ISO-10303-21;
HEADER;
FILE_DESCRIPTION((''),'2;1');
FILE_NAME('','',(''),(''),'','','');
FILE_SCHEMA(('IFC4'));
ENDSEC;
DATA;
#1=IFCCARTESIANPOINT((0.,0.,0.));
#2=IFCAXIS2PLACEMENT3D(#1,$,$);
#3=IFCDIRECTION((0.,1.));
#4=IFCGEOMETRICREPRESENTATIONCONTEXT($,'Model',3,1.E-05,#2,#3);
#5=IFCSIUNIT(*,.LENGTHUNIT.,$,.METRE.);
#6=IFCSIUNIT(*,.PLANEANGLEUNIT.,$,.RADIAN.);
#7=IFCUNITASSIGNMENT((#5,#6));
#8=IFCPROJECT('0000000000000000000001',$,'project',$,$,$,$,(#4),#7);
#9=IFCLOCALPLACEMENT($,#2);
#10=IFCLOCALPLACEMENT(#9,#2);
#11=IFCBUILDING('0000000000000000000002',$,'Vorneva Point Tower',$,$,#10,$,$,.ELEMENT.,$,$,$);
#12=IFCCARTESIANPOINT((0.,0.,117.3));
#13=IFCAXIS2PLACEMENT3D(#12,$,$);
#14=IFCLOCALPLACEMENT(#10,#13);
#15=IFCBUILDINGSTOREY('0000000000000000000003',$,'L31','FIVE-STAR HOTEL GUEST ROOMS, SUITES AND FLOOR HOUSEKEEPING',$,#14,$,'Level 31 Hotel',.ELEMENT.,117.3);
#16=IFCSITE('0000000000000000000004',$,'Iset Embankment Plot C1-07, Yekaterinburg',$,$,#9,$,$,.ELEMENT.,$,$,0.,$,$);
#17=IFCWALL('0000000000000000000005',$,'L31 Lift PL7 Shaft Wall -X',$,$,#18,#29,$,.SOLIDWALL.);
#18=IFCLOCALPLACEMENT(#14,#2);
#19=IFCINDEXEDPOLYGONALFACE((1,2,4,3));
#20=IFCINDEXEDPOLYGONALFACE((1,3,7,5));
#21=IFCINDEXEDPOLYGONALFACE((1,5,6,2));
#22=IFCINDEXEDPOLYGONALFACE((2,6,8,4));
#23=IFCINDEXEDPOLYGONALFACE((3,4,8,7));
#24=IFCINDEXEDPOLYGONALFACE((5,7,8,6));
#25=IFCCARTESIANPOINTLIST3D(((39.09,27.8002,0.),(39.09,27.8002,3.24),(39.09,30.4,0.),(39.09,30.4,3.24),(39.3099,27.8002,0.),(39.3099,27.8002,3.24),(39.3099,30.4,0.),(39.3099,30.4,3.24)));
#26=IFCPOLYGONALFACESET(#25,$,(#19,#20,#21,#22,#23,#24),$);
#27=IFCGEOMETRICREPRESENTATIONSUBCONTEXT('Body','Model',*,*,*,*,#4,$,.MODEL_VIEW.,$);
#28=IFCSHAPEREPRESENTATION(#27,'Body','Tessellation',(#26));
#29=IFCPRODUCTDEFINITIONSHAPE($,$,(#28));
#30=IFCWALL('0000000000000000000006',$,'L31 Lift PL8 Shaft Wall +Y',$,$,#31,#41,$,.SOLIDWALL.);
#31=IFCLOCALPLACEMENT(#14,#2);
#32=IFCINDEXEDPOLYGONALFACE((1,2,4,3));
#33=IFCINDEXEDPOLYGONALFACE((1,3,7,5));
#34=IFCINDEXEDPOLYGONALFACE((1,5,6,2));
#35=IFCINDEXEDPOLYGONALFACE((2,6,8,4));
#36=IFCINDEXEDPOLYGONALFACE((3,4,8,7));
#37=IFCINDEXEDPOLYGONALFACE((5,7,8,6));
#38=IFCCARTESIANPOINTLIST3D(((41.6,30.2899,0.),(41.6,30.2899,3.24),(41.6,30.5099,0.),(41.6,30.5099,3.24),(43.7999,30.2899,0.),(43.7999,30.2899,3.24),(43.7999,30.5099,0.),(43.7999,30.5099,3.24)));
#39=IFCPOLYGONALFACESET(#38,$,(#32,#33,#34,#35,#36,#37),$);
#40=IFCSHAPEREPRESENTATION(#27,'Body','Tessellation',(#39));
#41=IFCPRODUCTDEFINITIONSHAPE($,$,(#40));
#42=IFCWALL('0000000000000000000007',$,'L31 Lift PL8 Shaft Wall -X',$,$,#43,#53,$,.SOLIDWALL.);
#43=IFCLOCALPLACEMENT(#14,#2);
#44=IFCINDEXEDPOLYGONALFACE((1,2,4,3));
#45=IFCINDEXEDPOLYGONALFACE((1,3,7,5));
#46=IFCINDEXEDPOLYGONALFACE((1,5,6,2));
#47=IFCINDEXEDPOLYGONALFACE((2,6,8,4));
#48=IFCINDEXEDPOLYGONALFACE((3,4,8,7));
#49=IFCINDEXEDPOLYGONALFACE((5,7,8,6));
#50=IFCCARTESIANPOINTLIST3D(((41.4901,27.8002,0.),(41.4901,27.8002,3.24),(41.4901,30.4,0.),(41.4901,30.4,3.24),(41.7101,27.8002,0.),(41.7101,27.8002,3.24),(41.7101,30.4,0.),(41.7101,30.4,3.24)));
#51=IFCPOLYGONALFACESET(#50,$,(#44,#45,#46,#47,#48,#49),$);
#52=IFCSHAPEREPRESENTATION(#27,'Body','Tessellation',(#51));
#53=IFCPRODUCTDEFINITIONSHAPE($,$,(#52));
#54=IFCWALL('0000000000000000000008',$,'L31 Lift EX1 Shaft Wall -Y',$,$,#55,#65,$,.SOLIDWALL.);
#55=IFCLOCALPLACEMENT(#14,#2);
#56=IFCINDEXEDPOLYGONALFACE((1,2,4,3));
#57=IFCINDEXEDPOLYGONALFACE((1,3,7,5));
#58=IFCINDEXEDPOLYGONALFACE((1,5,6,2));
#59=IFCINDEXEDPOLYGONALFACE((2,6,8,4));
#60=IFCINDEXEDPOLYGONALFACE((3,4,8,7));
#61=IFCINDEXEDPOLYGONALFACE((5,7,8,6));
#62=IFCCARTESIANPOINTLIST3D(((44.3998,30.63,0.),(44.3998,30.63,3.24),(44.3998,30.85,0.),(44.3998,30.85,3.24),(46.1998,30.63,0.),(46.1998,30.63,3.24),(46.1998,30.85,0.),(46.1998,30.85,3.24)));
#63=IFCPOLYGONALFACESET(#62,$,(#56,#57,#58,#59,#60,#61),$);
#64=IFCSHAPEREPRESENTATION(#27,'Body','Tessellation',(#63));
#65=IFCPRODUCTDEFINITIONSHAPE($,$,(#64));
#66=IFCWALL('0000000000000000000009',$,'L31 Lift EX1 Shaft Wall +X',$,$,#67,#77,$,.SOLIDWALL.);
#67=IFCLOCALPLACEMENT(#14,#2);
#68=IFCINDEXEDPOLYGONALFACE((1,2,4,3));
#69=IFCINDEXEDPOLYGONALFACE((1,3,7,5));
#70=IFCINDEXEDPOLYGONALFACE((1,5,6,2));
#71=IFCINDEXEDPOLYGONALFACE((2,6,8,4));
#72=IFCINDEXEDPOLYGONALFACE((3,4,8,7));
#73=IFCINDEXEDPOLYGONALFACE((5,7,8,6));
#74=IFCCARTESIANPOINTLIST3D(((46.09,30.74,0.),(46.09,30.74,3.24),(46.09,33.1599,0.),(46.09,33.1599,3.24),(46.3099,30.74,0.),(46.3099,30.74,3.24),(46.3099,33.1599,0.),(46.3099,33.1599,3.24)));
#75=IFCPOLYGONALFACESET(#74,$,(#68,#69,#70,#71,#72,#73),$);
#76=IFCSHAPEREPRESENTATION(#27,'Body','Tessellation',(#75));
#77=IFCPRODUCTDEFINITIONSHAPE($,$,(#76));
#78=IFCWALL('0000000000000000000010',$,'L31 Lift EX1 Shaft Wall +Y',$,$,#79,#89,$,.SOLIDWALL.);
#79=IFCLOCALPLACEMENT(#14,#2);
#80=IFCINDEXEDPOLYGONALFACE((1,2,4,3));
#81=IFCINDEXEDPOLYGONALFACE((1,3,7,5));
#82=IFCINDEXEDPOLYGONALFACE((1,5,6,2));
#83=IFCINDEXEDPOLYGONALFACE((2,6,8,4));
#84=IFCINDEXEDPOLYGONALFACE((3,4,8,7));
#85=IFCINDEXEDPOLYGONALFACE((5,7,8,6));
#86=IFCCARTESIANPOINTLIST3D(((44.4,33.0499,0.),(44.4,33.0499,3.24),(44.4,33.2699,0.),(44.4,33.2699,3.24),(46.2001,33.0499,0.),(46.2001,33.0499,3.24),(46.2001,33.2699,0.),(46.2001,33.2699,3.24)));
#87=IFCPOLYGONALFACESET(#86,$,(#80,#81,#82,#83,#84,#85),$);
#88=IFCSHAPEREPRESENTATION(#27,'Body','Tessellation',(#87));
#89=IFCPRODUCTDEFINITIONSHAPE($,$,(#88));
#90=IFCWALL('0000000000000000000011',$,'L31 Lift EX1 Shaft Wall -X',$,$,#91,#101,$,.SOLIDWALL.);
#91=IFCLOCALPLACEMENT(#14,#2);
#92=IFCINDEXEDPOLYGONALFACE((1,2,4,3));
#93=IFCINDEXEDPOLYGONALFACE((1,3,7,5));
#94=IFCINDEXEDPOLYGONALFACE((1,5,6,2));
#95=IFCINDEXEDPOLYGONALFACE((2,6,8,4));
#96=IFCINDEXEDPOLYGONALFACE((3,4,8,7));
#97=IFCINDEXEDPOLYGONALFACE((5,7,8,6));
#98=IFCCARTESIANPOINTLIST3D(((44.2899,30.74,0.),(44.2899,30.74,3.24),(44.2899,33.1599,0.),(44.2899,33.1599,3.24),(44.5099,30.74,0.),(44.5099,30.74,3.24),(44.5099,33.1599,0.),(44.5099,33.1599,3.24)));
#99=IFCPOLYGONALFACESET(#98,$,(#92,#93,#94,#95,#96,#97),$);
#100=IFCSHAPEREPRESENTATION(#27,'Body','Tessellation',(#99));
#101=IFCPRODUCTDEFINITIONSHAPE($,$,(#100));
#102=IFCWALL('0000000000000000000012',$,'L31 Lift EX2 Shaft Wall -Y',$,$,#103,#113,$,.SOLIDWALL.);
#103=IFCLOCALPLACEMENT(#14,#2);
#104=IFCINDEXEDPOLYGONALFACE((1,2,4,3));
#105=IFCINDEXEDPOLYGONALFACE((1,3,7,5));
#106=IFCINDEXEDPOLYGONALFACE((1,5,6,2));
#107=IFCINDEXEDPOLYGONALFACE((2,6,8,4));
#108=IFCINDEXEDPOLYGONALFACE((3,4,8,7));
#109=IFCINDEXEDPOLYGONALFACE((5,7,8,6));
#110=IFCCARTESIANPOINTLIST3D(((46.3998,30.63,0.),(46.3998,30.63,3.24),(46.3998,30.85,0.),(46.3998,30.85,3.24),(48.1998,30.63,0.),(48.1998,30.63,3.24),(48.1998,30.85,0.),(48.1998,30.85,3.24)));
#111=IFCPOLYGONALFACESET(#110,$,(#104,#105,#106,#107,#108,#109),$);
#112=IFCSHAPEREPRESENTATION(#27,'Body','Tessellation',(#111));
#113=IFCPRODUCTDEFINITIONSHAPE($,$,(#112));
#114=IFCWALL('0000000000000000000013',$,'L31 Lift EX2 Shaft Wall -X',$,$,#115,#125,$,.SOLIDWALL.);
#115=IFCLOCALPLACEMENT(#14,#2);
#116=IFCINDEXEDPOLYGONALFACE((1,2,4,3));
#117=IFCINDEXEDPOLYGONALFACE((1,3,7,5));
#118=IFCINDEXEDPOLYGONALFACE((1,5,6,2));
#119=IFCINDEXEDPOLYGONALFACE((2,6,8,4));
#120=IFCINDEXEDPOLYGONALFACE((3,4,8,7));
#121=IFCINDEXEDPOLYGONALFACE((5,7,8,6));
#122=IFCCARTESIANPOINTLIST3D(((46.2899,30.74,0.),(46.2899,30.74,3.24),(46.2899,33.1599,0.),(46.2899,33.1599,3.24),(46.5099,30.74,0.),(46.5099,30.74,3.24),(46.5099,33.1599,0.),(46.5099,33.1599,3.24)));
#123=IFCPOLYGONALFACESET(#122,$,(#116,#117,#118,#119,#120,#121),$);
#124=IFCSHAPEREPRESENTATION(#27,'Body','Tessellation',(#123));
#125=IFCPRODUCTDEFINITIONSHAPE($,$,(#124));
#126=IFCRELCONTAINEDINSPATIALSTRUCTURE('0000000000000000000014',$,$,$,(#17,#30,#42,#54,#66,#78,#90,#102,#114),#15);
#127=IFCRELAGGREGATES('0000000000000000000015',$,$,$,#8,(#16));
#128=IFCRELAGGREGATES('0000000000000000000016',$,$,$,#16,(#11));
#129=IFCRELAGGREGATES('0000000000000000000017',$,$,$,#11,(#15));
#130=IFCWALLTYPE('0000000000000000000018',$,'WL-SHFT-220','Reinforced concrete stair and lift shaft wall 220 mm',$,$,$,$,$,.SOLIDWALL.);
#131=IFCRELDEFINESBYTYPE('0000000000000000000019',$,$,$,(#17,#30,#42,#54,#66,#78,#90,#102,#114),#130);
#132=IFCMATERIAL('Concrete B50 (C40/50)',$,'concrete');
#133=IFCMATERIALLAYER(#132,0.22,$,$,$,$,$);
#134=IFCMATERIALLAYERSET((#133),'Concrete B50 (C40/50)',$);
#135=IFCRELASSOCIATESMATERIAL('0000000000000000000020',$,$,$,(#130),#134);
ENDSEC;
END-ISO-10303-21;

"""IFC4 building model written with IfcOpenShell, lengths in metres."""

from ifc_helpers import new_model, si_unit, direction, frame, frame_2d, origin, place, context, subcontext, project, spatial, rectangle, extrude, material, layer, layer_set, type_object, element, save


model = new_model("IFC4")

# Units and contexts
model_context = context("Model", 3, precision=1e-05, world=origin(), true_north=direction((0.0, 1.0)))
body_context = subcontext(model_context, "Body", "Model", "MODEL_VIEW")
ifc_project = project(units=[si_unit("LENGTHUNIT", "METRE"), si_unit("PLANEANGLEUNIT", "RADIAN")], contexts=[model_context])

# Site, building, storey
site_placement = place(None, origin())
site = spatial("IfcSite", under=ifc_project, at=site_placement, Name="Iset Embankment Plot C1-07, Yekaterinburg", CompositionType="ELEMENT", RefElevation=0.0)
building_placement = place(site_placement, origin())
building = spatial("IfcBuilding", under=site, at=building_placement, Name="Vorneva Point Tower", CompositionType="ELEMENT")
storey_placement = place(building_placement, frame((0.0, 0.0, 117.3)))
storey = spatial("IfcBuildingStorey", under=building, at=storey_placement, Name="L31", Description="FIVE-STAR HOTEL GUEST ROOMS, SUITES AND FLOOR HOUSEKEEPING", LongName="Level 31 Hotel", CompositionType="ELEMENT", Elevation=117.3)

# Walls
ifc_material_1 = material(Name="Concrete B50 (C40/50)", Category="concrete")
ifc_layer_1 = layer(ifc_material_1, 0.22)
ifc_layer_set_1 = layer_set([ifc_layer_1], Name="Concrete B50 (C40/50)")
wall_type_1 = type_object("IfcWallType", Name="WL-SHFT-220", Description="Reinforced concrete stair and lift shaft wall 220 mm", PredefinedType="SOLIDWALL", material=ifc_layer_set_1)
wall_1_placement = place(storey_placement, frame((39.2, 30.3999, 0.0), z_axis=(0.0, 0.0, 1.0), x_axis=(0.0, -1.0, 0.0)))
element("IfcWall", 1, at=wall_1_placement, inside=storey, type_object=wall_type_1, Name="L31 Lift PL7 Shaft Wall -X", PredefinedType="SOLIDWALL", context=body_context, shape_type="SweptSolid", body=[
    extrude(rectangle(XDim=2.5999, YDim=0.22, at=frame_2d((1.2998, 0.0))), origin(), (0.0, 0.0, 1.0), 3.24),
])
wall_2_placement = place(storey_placement, frame((43.8, 30.3999, 0.0), z_axis=(0.0, 0.0, 1.0), x_axis=(-1.0, 0.0, 0.0)))
element("IfcWall", 2, at=wall_2_placement, inside=storey, type_object=wall_type_1, Name="L31 Lift PL8 Shaft Wall +Y", PredefinedType="SOLIDWALL", context=body_context, shape_type="SweptSolid", body=[
    extrude(rectangle(XDim=2.2, YDim=0.22, at=frame_2d((1.1001, 0.0))), origin(), (0.0, 0.0, 1.0), 3.24),
])
wall_3_placement = place(storey_placement, frame((41.6001, 30.3999, 0.0), z_axis=(0.0, 0.0, 1.0), x_axis=(0.0, -1.0, 0.0)))
element("IfcWall", 3, at=wall_3_placement, inside=storey, type_object=wall_type_1, Name="L31 Lift PL8 Shaft Wall -X", PredefinedType="SOLIDWALL", context=body_context, shape_type="SweptSolid", body=[
    extrude(rectangle(XDim=2.5999, YDim=0.22, at=frame_2d((1.2998, 0.0))), origin(), (0.0, 0.0, 1.0), 3.24),
])
wall_4_placement = place(storey_placement, frame((44.3999, 30.74, 0.0), z_axis=(0.0, 0.0, 1.0), x_axis=(1.0, 0.0, 0.0)))
element("IfcWall", 4, at=wall_4_placement, inside=storey, type_object=wall_type_1, Name="L31 Lift EX1 Shaft Wall -Y", PredefinedType="SOLIDWALL", context=body_context, shape_type="SweptSolid", body=[
    extrude(rectangle(XDim=1.8, YDim=0.22, at=frame_2d((0.8999, 0.0))), origin(), (0.0, 0.0, 1.0), 3.24),
])
wall_5_placement = place(storey_placement, frame((46.2, 30.74, 0.0), z_axis=(0.0, 0.0, 1.0), x_axis=(0.0, 1.0, 0.0)))
element("IfcWall", 5, at=wall_5_placement, inside=storey, type_object=wall_type_1, Name="L31 Lift EX1 Shaft Wall +X", PredefinedType="SOLIDWALL", context=body_context, shape_type="SweptSolid", body=[
    extrude(rectangle(XDim=2.4199, YDim=0.22, at=frame_2d((1.21, 0.0))), origin(), (0.0, 0.0, 1.0), 3.24),
])
wall_6_placement = place(storey_placement, frame((46.2, 33.1599, 0.0), z_axis=(0.0, 0.0, 1.0), x_axis=(-1.0, 0.0, 0.0)))
element("IfcWall", 6, at=wall_6_placement, inside=storey, type_object=wall_type_1, Name="L31 Lift EX1 Shaft Wall +Y", PredefinedType="SOLIDWALL", context=body_context, shape_type="SweptSolid", body=[
    extrude(rectangle(XDim=1.8, YDim=0.22, at=frame_2d((0.8999, 0.0))), origin(), (0.0, 0.0, 1.0), 3.24),
])
wall_7_placement = place(storey_placement, frame((44.3999, 33.1599, 0.0), z_axis=(0.0, 0.0, 1.0), x_axis=(0.0, -1.0, 0.0)))
element("IfcWall", 7, at=wall_7_placement, inside=storey, type_object=wall_type_1, Name="L31 Lift EX1 Shaft Wall -X", PredefinedType="SOLIDWALL", context=body_context, shape_type="SweptSolid", body=[
    extrude(rectangle(XDim=2.4199, YDim=0.22, at=frame_2d((1.21, 0.0))), origin(), (0.0, 0.0, 1.0), 3.24),
])
wall_8_placement = place(storey_placement, frame((46.3999, 30.74, 0.0), z_axis=(0.0, 0.0, 1.0), x_axis=(1.0, 0.0, 0.0)))
element("IfcWall", 8, at=wall_8_placement, inside=storey, type_object=wall_type_1, Name="L31 Lift EX2 Shaft Wall -Y", PredefinedType="SOLIDWALL", context=body_context, shape_type="SweptSolid", body=[
    extrude(rectangle(XDim=1.8, YDim=0.22, at=frame_2d((0.8999, 0.0))), origin(), (0.0, 0.0, 1.0), 3.24),
])
wall_9_placement = place(storey_placement, frame((46.3999, 33.1599, 0.0), z_axis=(0.0, 0.0, 1.0), x_axis=(0.0, -1.0, 0.0)))
element("IfcWall", 9, at=wall_9_placement, inside=storey, type_object=wall_type_1, Name="L31 Lift EX2 Shaft Wall -X", PredefinedType="SOLIDWALL", context=body_context, shape_type="SweptSolid", body=[
    extrude(rectangle(XDim=2.4199, YDim=0.22, at=frame_2d((1.21, 0.0))), origin(), (0.0, 0.0, 1.0), 3.24),
])

save(model, "model.ifc")
